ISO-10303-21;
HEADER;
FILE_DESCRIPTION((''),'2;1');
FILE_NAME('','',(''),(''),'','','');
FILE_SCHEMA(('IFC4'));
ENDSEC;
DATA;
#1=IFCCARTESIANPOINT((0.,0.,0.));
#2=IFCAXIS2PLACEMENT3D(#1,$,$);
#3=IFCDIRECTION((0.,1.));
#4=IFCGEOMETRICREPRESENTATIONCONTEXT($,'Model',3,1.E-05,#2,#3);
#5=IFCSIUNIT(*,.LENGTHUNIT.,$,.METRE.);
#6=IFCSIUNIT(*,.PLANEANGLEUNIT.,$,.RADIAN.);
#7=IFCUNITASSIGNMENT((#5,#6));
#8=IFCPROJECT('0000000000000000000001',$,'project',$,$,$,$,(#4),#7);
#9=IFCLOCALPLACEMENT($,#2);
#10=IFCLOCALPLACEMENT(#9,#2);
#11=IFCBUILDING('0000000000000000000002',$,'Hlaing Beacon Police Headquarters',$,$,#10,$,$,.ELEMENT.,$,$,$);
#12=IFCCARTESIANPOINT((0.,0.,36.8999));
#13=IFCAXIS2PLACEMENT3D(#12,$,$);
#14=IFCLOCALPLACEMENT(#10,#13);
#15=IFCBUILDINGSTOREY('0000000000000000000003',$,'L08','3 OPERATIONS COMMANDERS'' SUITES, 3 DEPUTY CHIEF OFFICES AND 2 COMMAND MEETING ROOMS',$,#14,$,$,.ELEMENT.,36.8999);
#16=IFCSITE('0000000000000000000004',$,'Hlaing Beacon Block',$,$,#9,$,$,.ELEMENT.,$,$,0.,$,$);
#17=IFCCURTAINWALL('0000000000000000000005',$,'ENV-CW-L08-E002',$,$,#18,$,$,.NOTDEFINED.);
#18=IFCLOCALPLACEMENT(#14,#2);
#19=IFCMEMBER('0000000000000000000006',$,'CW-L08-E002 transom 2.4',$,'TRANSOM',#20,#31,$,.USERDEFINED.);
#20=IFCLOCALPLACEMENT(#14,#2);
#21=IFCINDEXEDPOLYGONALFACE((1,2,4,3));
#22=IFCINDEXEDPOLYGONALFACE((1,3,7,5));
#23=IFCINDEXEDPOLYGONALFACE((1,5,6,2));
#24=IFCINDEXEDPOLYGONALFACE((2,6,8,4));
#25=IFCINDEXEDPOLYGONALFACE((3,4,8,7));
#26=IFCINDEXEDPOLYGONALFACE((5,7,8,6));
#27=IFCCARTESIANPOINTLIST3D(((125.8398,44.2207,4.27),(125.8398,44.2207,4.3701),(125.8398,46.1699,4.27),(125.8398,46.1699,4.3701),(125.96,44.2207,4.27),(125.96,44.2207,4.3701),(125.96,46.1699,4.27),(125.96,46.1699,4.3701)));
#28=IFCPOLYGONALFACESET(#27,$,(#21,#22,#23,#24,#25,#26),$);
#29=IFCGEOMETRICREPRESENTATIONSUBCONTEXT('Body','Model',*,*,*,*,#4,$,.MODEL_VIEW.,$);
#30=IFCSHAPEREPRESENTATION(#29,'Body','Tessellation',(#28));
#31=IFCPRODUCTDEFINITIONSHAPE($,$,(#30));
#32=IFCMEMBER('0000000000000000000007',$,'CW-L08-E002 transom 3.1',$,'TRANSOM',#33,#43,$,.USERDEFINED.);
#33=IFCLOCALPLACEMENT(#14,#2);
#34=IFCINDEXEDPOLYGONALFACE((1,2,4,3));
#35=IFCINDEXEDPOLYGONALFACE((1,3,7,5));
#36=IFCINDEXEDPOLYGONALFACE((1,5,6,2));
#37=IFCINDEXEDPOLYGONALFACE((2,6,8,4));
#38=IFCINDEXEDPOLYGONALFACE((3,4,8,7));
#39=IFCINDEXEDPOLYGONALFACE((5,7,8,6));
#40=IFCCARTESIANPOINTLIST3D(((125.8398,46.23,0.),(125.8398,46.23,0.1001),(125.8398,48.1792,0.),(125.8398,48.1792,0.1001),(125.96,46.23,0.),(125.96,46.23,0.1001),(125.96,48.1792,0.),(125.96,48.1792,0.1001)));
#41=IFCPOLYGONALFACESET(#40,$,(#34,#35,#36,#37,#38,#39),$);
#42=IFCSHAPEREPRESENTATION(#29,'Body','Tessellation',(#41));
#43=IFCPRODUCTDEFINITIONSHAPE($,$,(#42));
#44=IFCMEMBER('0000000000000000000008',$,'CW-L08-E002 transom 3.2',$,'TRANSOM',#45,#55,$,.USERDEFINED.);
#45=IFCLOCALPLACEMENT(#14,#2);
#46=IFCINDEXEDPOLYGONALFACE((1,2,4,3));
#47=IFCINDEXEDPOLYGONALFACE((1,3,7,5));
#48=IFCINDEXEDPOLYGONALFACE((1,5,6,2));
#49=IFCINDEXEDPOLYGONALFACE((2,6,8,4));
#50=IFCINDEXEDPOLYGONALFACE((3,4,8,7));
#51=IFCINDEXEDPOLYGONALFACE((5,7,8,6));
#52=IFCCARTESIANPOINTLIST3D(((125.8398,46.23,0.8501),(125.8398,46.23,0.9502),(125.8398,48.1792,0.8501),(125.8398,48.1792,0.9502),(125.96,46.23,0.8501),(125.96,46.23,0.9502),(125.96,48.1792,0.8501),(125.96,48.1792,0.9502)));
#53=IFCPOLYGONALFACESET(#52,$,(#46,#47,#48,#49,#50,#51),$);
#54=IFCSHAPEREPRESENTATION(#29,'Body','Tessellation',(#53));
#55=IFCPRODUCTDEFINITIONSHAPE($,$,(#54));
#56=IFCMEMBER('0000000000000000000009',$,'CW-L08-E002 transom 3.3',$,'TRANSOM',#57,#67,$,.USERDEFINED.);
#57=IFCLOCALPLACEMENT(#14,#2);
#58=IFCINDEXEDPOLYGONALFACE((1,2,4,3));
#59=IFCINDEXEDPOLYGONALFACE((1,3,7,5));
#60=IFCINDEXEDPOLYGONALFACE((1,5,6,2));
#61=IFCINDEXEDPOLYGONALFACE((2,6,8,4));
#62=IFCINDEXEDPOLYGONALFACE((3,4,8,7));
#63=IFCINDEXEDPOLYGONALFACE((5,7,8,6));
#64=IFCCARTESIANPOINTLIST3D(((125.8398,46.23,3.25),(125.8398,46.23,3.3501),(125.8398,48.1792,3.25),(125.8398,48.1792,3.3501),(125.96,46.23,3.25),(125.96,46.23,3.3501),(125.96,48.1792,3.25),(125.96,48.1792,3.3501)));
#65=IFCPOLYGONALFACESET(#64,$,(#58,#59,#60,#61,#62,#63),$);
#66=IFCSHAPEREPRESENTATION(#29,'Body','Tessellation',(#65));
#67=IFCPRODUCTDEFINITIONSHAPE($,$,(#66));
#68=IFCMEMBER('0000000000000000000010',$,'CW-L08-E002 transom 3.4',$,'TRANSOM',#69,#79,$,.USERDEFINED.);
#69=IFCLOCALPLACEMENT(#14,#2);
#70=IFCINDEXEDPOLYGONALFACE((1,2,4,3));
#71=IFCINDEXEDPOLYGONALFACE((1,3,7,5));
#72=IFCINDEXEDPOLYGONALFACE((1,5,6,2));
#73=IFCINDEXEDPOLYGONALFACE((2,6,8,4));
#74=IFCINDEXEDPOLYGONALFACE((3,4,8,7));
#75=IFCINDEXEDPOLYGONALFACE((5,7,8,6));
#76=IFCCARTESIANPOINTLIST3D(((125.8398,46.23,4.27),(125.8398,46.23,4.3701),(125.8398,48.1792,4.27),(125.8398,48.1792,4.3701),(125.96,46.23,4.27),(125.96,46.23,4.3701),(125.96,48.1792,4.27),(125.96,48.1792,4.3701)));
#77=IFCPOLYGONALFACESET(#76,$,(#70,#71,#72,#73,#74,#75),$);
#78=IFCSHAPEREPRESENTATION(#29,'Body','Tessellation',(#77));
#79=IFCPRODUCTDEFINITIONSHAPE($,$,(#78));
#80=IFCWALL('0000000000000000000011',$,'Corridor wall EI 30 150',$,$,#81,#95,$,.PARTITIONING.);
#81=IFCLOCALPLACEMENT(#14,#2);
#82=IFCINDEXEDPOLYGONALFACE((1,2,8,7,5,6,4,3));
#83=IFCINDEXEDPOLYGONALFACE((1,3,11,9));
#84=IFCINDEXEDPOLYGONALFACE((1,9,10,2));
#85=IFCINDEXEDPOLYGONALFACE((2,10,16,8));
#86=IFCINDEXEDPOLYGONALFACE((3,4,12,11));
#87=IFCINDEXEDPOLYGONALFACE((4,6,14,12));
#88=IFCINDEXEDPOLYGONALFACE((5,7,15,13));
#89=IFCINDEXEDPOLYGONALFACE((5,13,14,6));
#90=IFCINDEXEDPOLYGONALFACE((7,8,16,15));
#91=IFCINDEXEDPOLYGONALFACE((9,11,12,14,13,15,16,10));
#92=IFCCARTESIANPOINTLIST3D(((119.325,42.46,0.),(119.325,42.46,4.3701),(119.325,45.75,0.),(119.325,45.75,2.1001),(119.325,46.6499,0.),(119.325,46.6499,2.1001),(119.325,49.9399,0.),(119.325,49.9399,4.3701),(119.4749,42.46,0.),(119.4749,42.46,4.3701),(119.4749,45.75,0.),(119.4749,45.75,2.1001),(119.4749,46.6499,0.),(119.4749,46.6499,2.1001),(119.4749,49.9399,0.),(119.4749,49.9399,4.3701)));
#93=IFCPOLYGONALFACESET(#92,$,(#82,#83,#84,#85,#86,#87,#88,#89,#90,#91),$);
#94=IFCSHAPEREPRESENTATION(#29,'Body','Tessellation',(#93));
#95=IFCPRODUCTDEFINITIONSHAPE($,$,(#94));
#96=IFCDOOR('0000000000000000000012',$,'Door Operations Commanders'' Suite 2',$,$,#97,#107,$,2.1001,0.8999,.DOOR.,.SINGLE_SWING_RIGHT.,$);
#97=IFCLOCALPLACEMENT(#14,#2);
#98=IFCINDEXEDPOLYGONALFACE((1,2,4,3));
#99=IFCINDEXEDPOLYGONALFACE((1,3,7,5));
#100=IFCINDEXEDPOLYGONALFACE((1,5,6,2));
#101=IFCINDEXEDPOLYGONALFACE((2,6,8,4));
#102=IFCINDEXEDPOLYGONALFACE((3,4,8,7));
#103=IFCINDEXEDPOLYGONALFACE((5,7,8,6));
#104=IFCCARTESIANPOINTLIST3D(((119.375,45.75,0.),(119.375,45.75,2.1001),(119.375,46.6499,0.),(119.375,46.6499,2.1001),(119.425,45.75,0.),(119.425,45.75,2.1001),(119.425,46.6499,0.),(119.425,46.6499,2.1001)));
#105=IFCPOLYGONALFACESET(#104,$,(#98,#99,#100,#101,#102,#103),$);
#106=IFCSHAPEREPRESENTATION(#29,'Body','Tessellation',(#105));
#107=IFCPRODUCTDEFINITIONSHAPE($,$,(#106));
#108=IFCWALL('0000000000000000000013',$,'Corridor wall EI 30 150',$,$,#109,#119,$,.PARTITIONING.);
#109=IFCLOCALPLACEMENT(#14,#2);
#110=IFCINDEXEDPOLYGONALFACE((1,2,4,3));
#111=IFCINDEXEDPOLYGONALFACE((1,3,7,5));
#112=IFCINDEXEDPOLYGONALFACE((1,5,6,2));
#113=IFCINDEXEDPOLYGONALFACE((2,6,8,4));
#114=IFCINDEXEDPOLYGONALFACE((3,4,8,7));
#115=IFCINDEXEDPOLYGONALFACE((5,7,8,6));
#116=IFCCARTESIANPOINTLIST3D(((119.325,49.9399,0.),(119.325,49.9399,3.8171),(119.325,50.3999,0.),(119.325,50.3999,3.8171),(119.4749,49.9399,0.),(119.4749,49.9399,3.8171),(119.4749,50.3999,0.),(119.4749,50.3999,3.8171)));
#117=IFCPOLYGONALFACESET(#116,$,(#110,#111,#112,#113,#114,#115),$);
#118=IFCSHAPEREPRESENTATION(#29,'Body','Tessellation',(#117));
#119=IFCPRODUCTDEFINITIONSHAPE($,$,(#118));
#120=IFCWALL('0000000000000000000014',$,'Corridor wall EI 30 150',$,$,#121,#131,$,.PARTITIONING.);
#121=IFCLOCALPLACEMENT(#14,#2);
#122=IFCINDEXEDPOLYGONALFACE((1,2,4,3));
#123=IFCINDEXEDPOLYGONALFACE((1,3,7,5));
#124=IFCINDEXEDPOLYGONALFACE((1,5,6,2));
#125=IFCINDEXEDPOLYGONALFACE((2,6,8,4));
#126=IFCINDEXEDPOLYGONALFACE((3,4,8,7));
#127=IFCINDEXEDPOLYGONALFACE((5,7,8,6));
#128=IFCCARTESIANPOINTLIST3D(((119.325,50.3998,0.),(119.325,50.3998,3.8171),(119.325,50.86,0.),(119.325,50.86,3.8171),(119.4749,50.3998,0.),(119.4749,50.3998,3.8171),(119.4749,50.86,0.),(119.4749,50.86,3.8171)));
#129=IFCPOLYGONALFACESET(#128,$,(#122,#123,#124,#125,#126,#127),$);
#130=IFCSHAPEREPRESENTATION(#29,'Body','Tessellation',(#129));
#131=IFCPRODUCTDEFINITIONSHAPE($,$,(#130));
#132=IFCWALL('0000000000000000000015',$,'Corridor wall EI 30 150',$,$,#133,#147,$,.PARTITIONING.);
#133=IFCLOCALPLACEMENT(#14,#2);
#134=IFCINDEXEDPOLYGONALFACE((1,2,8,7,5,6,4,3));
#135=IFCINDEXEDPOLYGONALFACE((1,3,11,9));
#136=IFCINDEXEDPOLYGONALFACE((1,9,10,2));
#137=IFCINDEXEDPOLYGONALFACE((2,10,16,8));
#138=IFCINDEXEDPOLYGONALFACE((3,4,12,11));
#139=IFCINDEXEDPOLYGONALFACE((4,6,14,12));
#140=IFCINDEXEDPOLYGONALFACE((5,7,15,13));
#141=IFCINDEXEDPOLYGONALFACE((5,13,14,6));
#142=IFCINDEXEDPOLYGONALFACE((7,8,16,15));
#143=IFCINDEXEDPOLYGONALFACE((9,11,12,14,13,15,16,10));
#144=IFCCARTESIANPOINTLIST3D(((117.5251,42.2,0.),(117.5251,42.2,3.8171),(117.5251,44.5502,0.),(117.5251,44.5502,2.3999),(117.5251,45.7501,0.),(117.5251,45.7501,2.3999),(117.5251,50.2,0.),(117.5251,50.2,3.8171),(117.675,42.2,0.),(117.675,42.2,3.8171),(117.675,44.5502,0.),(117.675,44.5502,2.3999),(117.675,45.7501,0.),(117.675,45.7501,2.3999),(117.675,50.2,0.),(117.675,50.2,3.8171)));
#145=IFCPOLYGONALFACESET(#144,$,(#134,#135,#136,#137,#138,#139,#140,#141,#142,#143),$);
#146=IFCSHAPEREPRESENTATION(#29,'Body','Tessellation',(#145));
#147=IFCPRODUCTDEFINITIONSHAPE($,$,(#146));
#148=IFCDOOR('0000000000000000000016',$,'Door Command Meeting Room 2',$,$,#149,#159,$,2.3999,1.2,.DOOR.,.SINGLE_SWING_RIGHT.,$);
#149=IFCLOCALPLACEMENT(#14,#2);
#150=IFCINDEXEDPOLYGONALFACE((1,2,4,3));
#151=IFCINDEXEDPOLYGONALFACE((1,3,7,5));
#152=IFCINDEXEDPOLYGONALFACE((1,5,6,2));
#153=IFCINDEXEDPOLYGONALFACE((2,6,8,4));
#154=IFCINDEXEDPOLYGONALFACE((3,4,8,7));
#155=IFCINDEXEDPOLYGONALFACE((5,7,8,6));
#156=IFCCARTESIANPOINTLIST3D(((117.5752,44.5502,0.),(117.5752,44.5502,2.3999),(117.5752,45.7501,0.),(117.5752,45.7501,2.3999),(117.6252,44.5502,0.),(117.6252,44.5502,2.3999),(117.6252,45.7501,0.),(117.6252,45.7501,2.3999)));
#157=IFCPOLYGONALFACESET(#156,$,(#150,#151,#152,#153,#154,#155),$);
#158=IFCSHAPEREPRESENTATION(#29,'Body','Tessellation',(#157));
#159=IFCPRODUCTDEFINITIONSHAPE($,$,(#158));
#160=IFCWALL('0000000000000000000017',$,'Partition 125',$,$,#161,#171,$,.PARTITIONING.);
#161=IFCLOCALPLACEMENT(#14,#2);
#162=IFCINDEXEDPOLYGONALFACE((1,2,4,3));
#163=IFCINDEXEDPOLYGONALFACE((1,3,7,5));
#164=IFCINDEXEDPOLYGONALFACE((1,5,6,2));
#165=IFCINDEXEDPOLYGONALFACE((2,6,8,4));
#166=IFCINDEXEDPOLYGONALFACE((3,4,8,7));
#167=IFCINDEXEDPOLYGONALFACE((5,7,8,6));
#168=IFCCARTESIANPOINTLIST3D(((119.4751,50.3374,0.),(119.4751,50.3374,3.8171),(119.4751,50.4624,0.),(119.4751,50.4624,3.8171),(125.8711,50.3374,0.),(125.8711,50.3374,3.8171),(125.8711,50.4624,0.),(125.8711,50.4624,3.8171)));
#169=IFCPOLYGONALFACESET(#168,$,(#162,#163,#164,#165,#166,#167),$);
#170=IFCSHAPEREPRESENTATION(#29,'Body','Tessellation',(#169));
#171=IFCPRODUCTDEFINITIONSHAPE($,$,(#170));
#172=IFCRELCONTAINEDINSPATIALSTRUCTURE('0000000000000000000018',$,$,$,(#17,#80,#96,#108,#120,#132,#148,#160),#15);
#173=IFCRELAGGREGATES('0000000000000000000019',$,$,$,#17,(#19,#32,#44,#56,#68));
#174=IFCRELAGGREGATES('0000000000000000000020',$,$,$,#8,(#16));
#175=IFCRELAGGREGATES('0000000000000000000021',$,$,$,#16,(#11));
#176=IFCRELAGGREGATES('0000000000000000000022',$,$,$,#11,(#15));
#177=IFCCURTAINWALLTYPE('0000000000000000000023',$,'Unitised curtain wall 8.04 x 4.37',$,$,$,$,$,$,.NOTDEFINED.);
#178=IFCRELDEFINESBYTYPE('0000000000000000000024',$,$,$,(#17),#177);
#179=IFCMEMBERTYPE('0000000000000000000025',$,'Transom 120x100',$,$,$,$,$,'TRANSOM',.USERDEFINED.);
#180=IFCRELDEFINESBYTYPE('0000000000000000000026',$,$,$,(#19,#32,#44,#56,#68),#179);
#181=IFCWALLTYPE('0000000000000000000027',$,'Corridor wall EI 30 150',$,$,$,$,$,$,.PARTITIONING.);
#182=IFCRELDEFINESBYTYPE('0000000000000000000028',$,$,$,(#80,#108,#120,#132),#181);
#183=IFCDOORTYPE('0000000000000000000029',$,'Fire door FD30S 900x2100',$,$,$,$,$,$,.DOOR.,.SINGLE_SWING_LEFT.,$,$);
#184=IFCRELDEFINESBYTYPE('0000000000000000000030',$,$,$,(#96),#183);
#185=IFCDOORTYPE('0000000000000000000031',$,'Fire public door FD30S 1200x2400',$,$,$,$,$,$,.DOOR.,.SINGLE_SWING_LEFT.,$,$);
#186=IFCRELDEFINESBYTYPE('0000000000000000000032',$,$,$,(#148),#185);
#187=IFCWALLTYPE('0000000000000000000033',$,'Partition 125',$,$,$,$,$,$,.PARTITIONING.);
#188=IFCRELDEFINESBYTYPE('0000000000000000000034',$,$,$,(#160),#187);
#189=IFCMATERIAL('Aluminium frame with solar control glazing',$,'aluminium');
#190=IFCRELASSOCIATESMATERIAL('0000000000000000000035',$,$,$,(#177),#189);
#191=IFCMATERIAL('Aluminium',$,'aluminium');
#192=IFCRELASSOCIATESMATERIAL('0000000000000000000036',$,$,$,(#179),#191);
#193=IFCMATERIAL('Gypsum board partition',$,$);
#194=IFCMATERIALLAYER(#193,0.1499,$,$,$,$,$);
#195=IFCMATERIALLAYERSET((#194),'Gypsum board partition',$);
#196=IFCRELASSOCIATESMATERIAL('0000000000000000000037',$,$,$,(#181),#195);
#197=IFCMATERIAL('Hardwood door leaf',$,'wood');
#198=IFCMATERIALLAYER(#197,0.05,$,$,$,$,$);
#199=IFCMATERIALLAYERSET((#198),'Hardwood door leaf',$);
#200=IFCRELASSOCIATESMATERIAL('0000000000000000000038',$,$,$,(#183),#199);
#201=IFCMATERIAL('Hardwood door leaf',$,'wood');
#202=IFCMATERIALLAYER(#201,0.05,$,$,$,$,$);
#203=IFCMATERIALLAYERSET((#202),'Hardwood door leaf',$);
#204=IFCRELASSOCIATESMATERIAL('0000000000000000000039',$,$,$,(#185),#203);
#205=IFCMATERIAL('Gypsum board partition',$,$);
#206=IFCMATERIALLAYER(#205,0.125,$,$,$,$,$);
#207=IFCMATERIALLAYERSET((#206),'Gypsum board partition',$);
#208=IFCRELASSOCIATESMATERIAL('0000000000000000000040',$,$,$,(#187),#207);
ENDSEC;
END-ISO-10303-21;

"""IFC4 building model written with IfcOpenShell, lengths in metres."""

from ifc_helpers import new_model, si_unit, direction, frame, frame_2d, origin, origin_2d, place, context, subcontext, project, spatial, rectangle, extrude, material, layer, layer_set, material_profile, profile_set, type_object, element, fill, aggregate, save


model = new_model("IFC4")

# Units and contexts
model_context = context("Model", 3, precision=1e-05, world=origin(), true_north=direction((0.0, 1.0)))
body_context = subcontext(model_context, "Body", "Model", "MODEL_VIEW")
ifc_project = project(units=[si_unit("LENGTHUNIT", "METRE"), si_unit("PLANEANGLEUNIT", "RADIAN")], contexts=[model_context])

# Site, building, storey
site_placement = place(None, origin())
site = spatial("IfcSite", under=ifc_project, at=site_placement, Name="Hlaing Beacon Block", CompositionType="ELEMENT", RefElevation=0.0)
building_placement = place(site_placement, origin())
building = spatial("IfcBuilding", under=site, at=building_placement, Name="Hlaing Beacon Police Headquarters", CompositionType="ELEMENT")
storey_placement = place(building_placement, frame((0.0, 0.0, 36.8999)))
storey = spatial("IfcBuildingStorey", under=building, at=storey_placement, Name="L08", Description="3 OPERATIONS COMMANDERS' SUITES, 3 DEPUTY CHIEF OFFICES AND 2 COMMAND MEETING ROOMS", CompositionType="ELEMENT", Elevation=36.8999)

# Curtain wall
ifc_material_1 = material(Name="Aluminium frame with solar control glazing", Category="aluminium")
curtain_wall_type = type_object("IfcCurtainWallType", Name="Unitised curtain wall 8.04 x 4.37", PredefinedType="NOTDEFINED", material=ifc_material_1)
curtain_wall_placement = place(storey_placement, origin())
curtain_wall = element("IfcCurtainWall", 1, at=curtain_wall_placement, inside=storey, type_object=curtain_wall_type, Name="ENV-CW-L08-E002", PredefinedType="NOTDEFINED")

# Members
ifc_material_2 = material(Name="Aluminium", Category="aluminium")
ifc_material_profile_1 = material_profile(ifc_material_2, rectangle(XDim=0.1201, YDim=0.1001, at=origin_2d()), Name="Transom 120x100")
ifc_profile_set_1 = profile_set([ifc_material_profile_1], Name="Aluminium")
member_type_1 = type_object("IfcMemberType", Name="Transom 120x100", ElementType="TRANSOM", PredefinedType="USERDEFINED", material=ifc_profile_set_1)
member_1_placement = place(storey_placement, frame((125.8999, 44.2207, 4.3201), z_axis=(0.0, 1.0, 0.0), x_axis=(-1.0, 0.0, 0.0)))
member_1 = element("IfcMember", 2, at=member_1_placement, type_object=member_type_1, Name="CW-L08-E002 transom 2.4", ObjectType="TRANSOM", PredefinedType="USERDEFINED", context=body_context, shape_type="SweptSolid", body=[
    extrude(rectangle(XDim=0.1201, YDim=0.1001, at=origin_2d()), origin(), (0.0, 0.0, 1.0), 1.9492),
])
member_2_placement = place(storey_placement, frame((125.8999, 46.23, 0.05), z_axis=(0.0, 1.0, 0.0), x_axis=(-1.0, 0.0, 0.0)))
member_2 = element("IfcMember", 3, at=member_2_placement, type_object=member_type_1, Name="CW-L08-E002 transom 3.1", ObjectType="TRANSOM", PredefinedType="USERDEFINED", context=body_context, shape_type="SweptSolid", body=[
    extrude(rectangle(XDim=0.1201, YDim=0.1001, at=origin_2d()), origin(), (0.0, 0.0, 1.0), 1.9492),
])
member_3_placement = place(storey_placement, frame((125.8999, 46.23, 0.9001), z_axis=(0.0, 1.0, 0.0), x_axis=(-1.0, 0.0, 0.0)))
member_3 = element("IfcMember", 4, at=member_3_placement, type_object=member_type_1, Name="CW-L08-E002 transom 3.2", ObjectType="TRANSOM", PredefinedType="USERDEFINED", context=body_context, shape_type="SweptSolid", body=[
    extrude(rectangle(XDim=0.1201, YDim=0.1001, at=origin_2d()), origin(), (0.0, 0.0, 1.0), 1.9492),
])
member_4_placement = place(storey_placement, frame((125.8999, 46.23, 3.3), z_axis=(0.0, 1.0, 0.0), x_axis=(-1.0, 0.0, 0.0)))
member_4 = element("IfcMember", 5, at=member_4_placement, type_object=member_type_1, Name="CW-L08-E002 transom 3.3", ObjectType="TRANSOM", PredefinedType="USERDEFINED", context=body_context, shape_type="SweptSolid", body=[
    extrude(rectangle(XDim=0.1201, YDim=0.1001, at=origin_2d()), origin(), (0.0, 0.0, 1.0), 1.9492),
])
member_5_placement = place(storey_placement, frame((125.8999, 46.23, 4.3201), z_axis=(0.0, 1.0, 0.0), x_axis=(-1.0, 0.0, 0.0)))
member_5 = element("IfcMember", 6, at=member_5_placement, type_object=member_type_1, Name="CW-L08-E002 transom 3.4", ObjectType="TRANSOM", PredefinedType="USERDEFINED", context=body_context, shape_type="SweptSolid", body=[
    extrude(rectangle(XDim=0.1201, YDim=0.1001, at=origin_2d()), origin(), (0.0, 0.0, 1.0), 1.9492),
])
aggregate(curtain_wall, [member_1, member_2, member_3, member_4, member_5])

# Wall, opening, door
ifc_material_3 = material(Name="Gypsum board partition")
ifc_layer_1 = layer(ifc_material_3, 0.1499)
ifc_layer_set_1 = layer_set([ifc_layer_1], Name="Gypsum board partition")
wall_type_1 = type_object("IfcWallType", Name="Corridor wall EI 30 150", PredefinedType="PARTITIONING", material=ifc_layer_set_1)
wall_1_placement = place(storey_placement, frame((119.3999, 42.46, 0.0), z_axis=(0.0, 0.0, 1.0), x_axis=(0.0, 1.0, 0.0)))
wall_1 = element("IfcWall", 7, at=wall_1_placement, inside=storey, type_object=wall_type_1, Name="Corridor wall EI 30 150", PredefinedType="PARTITIONING", context=body_context, shape_type="SweptSolid", body=[
    extrude(rectangle(XDim=7.48, YDim=0.1499, at=frame_2d((3.74, 0.0))), origin(), (0.0, 0.0, 1.0), 4.3701),
])
opening_1_placement = place(wall_1_placement, frame((3.29, 0.0, 0.0)))
opening_1 = element("IfcOpeningElement", 8, at=opening_1_placement, cuts=wall_1, PredefinedType="OPENING", context=body_context, shape_type="SweptSolid", body=[
    extrude(rectangle(XDim=0.8999, YDim=2.1001, at=frame_2d((0.45, 1.05))), frame((0.0, 0.085, 0.0), z_axis=(0.0, -1.0, 0.0), x_axis=(1.0, 0.0, 0.0)), (0.0, 0.0, 1.0), 0.1699),
])
ifc_material_4 = material(Name="Hardwood door leaf", Category="wood")
ifc_layer_2 = layer(ifc_material_4, 0.05)
ifc_layer_set_2 = layer_set([ifc_layer_2], Name="Hardwood door leaf")
door_type_1 = type_object("IfcDoorType", Name="Fire door FD30S 900x2100", OperationType="SINGLE_SWING_LEFT", PredefinedType="DOOR", material=ifc_layer_set_2)
door_1_placement = place(opening_1_placement, frame((0.8999, 0.0, 0.0), z_axis=(0.0, 0.0, 1.0), x_axis=(-1.0, 0.0, 0.0)))
door_1 = element("IfcDoor", 9, at=door_1_placement, inside=storey, type_object=door_type_1, Name="Door Operations Commanders' Suite 2", OperationType="SINGLE_SWING_RIGHT", OverallHeight=2.1001, OverallWidth=0.8999, PredefinedType="DOOR", context=body_context, shape_type="SweptSolid", body=[
    extrude(rectangle(XDim=0.8999, YDim=2.1001, at=frame_2d((0.45, 1.05))), frame((0.0, 0.0251, 0.0), z_axis=(0.0, -1.0, 0.0), x_axis=(1.0, 0.0, 0.0)), (0.0, 0.0, 1.0), 0.05),
])
fill(opening_1, door_1)

# Walls
wall_2_placement = place(storey_placement, frame((119.3999, 49.9399, 0.0), z_axis=(0.0, 0.0, 1.0), x_axis=(0.0, 1.0, 0.0)))
element("IfcWall", 10, at=wall_2_placement, inside=storey, type_object=wall_type_1, Name="Corridor wall EI 30 150", PredefinedType="PARTITIONING", context=body_context, shape_type="SweptSolid", body=[
    extrude(rectangle(XDim=0.46, YDim=0.1499, at=frame_2d((0.23, 0.0))), origin(), (0.0, 0.0, 1.0), 3.8171),
])
wall_3_placement = place(storey_placement, frame((119.3999, 50.3999, 0.0), z_axis=(0.0, 0.0, 1.0), x_axis=(0.0, 1.0, 0.0)))
element("IfcWall", 11, at=wall_3_placement, inside=storey, type_object=wall_type_1, Name="Corridor wall EI 30 150", PredefinedType="PARTITIONING", context=body_context, shape_type="SweptSolid", body=[
    extrude(rectangle(XDim=0.4602, YDim=0.1499, at=frame_2d((0.23, 0.0))), origin(), (0.0, 0.0, 1.0), 3.8171),
])

# Wall, opening, door
wall_4_placement = place(storey_placement, frame((117.6001, 42.2, 0.0), z_axis=(0.0, 0.0, 1.0), x_axis=(0.0, 1.0, 0.0)))
wall_4 = element("IfcWall", 12, at=wall_4_placement, inside=storey, type_object=wall_type_1, Name="Corridor wall EI 30 150", PredefinedType="PARTITIONING", context=body_context, shape_type="SweptSolid", body=[
    extrude(rectangle(XDim=8.0, YDim=0.1499, at=frame_2d((4.0, 0.0))), origin(), (0.0, 0.0, 1.0), 3.8171),
])
opening_2_placement = place(wall_4_placement, frame((2.3501, 0.0, 0.0)))
opening_2 = element("IfcOpeningElement", 13, at=opening_2_placement, cuts=wall_4, PredefinedType="OPENING", context=body_context, shape_type="SweptSolid", body=[
    extrude(rectangle(XDim=1.2, YDim=2.3999, at=frame_2d((0.6001, 1.2))), frame((0.0, 0.085, 0.0), z_axis=(0.0, -1.0, 0.0), x_axis=(1.0, 0.0, 0.0)), (0.0, 0.0, 1.0), 0.1699),
])
ifc_material_5 = material(Name="Hardwood door leaf", Category="wood")
ifc_layer_3 = layer(ifc_material_5, 0.05)
ifc_layer_set_3 = layer_set([ifc_layer_3], Name="Hardwood door leaf")
door_type_2 = type_object("IfcDoorType", Name="Fire public door FD30S 1200x2400", OperationType="SINGLE_SWING_LEFT", PredefinedType="DOOR", material=ifc_layer_set_3)
door_2_placement = place(opening_2_placement, frame((1.2, 0.0, 0.0), z_axis=(0.0, 0.0, 1.0), x_axis=(-1.0, 0.0, 0.0)))
door_2 = element("IfcDoor", 14, at=door_2_placement, inside=storey, type_object=door_type_2, Name="Door Command Meeting Room 2", OperationType="SINGLE_SWING_RIGHT", OverallHeight=2.3999, OverallWidth=1.2, PredefinedType="DOOR", context=body_context, shape_type="SweptSolid", body=[
    extrude(rectangle(XDim=1.2, YDim=2.3999, at=frame_2d((0.5999, 1.2))), frame((0.0, 0.0251, 0.0), z_axis=(0.0, -1.0, 0.0), x_axis=(1.0, 0.0, 0.0)), (0.0, 0.0, 1.0), 0.05),
])
fill(opening_2, door_2)

# Wall
ifc_material_6 = material(Name="Gypsum board partition")
ifc_layer_4 = layer(ifc_material_6, 0.125)
ifc_layer_set_4 = layer_set([ifc_layer_4], Name="Gypsum board partition")
wall_type_2 = type_object("IfcWallType", Name="Partition 125", PredefinedType="PARTITIONING", material=ifc_layer_set_4)
wall_5_placement = place(storey_placement, frame((119.4751, 50.3999, 0.0), z_axis=(0.0, 0.0, 1.0), x_axis=(1.0, 0.0, 0.0)))
element("IfcWall", 15, at=wall_5_placement, inside=storey, type_object=wall_type_2, Name="Partition 125", PredefinedType="PARTITIONING", context=body_context, shape_type="SweptSolid", body=[
    extrude(rectangle(XDim=6.396, YDim=0.125, at=frame_2d((3.198, 0.0))), origin(), (0.0, 0.0, 1.0), 3.8171),
])

save(model, "model.ifc")
